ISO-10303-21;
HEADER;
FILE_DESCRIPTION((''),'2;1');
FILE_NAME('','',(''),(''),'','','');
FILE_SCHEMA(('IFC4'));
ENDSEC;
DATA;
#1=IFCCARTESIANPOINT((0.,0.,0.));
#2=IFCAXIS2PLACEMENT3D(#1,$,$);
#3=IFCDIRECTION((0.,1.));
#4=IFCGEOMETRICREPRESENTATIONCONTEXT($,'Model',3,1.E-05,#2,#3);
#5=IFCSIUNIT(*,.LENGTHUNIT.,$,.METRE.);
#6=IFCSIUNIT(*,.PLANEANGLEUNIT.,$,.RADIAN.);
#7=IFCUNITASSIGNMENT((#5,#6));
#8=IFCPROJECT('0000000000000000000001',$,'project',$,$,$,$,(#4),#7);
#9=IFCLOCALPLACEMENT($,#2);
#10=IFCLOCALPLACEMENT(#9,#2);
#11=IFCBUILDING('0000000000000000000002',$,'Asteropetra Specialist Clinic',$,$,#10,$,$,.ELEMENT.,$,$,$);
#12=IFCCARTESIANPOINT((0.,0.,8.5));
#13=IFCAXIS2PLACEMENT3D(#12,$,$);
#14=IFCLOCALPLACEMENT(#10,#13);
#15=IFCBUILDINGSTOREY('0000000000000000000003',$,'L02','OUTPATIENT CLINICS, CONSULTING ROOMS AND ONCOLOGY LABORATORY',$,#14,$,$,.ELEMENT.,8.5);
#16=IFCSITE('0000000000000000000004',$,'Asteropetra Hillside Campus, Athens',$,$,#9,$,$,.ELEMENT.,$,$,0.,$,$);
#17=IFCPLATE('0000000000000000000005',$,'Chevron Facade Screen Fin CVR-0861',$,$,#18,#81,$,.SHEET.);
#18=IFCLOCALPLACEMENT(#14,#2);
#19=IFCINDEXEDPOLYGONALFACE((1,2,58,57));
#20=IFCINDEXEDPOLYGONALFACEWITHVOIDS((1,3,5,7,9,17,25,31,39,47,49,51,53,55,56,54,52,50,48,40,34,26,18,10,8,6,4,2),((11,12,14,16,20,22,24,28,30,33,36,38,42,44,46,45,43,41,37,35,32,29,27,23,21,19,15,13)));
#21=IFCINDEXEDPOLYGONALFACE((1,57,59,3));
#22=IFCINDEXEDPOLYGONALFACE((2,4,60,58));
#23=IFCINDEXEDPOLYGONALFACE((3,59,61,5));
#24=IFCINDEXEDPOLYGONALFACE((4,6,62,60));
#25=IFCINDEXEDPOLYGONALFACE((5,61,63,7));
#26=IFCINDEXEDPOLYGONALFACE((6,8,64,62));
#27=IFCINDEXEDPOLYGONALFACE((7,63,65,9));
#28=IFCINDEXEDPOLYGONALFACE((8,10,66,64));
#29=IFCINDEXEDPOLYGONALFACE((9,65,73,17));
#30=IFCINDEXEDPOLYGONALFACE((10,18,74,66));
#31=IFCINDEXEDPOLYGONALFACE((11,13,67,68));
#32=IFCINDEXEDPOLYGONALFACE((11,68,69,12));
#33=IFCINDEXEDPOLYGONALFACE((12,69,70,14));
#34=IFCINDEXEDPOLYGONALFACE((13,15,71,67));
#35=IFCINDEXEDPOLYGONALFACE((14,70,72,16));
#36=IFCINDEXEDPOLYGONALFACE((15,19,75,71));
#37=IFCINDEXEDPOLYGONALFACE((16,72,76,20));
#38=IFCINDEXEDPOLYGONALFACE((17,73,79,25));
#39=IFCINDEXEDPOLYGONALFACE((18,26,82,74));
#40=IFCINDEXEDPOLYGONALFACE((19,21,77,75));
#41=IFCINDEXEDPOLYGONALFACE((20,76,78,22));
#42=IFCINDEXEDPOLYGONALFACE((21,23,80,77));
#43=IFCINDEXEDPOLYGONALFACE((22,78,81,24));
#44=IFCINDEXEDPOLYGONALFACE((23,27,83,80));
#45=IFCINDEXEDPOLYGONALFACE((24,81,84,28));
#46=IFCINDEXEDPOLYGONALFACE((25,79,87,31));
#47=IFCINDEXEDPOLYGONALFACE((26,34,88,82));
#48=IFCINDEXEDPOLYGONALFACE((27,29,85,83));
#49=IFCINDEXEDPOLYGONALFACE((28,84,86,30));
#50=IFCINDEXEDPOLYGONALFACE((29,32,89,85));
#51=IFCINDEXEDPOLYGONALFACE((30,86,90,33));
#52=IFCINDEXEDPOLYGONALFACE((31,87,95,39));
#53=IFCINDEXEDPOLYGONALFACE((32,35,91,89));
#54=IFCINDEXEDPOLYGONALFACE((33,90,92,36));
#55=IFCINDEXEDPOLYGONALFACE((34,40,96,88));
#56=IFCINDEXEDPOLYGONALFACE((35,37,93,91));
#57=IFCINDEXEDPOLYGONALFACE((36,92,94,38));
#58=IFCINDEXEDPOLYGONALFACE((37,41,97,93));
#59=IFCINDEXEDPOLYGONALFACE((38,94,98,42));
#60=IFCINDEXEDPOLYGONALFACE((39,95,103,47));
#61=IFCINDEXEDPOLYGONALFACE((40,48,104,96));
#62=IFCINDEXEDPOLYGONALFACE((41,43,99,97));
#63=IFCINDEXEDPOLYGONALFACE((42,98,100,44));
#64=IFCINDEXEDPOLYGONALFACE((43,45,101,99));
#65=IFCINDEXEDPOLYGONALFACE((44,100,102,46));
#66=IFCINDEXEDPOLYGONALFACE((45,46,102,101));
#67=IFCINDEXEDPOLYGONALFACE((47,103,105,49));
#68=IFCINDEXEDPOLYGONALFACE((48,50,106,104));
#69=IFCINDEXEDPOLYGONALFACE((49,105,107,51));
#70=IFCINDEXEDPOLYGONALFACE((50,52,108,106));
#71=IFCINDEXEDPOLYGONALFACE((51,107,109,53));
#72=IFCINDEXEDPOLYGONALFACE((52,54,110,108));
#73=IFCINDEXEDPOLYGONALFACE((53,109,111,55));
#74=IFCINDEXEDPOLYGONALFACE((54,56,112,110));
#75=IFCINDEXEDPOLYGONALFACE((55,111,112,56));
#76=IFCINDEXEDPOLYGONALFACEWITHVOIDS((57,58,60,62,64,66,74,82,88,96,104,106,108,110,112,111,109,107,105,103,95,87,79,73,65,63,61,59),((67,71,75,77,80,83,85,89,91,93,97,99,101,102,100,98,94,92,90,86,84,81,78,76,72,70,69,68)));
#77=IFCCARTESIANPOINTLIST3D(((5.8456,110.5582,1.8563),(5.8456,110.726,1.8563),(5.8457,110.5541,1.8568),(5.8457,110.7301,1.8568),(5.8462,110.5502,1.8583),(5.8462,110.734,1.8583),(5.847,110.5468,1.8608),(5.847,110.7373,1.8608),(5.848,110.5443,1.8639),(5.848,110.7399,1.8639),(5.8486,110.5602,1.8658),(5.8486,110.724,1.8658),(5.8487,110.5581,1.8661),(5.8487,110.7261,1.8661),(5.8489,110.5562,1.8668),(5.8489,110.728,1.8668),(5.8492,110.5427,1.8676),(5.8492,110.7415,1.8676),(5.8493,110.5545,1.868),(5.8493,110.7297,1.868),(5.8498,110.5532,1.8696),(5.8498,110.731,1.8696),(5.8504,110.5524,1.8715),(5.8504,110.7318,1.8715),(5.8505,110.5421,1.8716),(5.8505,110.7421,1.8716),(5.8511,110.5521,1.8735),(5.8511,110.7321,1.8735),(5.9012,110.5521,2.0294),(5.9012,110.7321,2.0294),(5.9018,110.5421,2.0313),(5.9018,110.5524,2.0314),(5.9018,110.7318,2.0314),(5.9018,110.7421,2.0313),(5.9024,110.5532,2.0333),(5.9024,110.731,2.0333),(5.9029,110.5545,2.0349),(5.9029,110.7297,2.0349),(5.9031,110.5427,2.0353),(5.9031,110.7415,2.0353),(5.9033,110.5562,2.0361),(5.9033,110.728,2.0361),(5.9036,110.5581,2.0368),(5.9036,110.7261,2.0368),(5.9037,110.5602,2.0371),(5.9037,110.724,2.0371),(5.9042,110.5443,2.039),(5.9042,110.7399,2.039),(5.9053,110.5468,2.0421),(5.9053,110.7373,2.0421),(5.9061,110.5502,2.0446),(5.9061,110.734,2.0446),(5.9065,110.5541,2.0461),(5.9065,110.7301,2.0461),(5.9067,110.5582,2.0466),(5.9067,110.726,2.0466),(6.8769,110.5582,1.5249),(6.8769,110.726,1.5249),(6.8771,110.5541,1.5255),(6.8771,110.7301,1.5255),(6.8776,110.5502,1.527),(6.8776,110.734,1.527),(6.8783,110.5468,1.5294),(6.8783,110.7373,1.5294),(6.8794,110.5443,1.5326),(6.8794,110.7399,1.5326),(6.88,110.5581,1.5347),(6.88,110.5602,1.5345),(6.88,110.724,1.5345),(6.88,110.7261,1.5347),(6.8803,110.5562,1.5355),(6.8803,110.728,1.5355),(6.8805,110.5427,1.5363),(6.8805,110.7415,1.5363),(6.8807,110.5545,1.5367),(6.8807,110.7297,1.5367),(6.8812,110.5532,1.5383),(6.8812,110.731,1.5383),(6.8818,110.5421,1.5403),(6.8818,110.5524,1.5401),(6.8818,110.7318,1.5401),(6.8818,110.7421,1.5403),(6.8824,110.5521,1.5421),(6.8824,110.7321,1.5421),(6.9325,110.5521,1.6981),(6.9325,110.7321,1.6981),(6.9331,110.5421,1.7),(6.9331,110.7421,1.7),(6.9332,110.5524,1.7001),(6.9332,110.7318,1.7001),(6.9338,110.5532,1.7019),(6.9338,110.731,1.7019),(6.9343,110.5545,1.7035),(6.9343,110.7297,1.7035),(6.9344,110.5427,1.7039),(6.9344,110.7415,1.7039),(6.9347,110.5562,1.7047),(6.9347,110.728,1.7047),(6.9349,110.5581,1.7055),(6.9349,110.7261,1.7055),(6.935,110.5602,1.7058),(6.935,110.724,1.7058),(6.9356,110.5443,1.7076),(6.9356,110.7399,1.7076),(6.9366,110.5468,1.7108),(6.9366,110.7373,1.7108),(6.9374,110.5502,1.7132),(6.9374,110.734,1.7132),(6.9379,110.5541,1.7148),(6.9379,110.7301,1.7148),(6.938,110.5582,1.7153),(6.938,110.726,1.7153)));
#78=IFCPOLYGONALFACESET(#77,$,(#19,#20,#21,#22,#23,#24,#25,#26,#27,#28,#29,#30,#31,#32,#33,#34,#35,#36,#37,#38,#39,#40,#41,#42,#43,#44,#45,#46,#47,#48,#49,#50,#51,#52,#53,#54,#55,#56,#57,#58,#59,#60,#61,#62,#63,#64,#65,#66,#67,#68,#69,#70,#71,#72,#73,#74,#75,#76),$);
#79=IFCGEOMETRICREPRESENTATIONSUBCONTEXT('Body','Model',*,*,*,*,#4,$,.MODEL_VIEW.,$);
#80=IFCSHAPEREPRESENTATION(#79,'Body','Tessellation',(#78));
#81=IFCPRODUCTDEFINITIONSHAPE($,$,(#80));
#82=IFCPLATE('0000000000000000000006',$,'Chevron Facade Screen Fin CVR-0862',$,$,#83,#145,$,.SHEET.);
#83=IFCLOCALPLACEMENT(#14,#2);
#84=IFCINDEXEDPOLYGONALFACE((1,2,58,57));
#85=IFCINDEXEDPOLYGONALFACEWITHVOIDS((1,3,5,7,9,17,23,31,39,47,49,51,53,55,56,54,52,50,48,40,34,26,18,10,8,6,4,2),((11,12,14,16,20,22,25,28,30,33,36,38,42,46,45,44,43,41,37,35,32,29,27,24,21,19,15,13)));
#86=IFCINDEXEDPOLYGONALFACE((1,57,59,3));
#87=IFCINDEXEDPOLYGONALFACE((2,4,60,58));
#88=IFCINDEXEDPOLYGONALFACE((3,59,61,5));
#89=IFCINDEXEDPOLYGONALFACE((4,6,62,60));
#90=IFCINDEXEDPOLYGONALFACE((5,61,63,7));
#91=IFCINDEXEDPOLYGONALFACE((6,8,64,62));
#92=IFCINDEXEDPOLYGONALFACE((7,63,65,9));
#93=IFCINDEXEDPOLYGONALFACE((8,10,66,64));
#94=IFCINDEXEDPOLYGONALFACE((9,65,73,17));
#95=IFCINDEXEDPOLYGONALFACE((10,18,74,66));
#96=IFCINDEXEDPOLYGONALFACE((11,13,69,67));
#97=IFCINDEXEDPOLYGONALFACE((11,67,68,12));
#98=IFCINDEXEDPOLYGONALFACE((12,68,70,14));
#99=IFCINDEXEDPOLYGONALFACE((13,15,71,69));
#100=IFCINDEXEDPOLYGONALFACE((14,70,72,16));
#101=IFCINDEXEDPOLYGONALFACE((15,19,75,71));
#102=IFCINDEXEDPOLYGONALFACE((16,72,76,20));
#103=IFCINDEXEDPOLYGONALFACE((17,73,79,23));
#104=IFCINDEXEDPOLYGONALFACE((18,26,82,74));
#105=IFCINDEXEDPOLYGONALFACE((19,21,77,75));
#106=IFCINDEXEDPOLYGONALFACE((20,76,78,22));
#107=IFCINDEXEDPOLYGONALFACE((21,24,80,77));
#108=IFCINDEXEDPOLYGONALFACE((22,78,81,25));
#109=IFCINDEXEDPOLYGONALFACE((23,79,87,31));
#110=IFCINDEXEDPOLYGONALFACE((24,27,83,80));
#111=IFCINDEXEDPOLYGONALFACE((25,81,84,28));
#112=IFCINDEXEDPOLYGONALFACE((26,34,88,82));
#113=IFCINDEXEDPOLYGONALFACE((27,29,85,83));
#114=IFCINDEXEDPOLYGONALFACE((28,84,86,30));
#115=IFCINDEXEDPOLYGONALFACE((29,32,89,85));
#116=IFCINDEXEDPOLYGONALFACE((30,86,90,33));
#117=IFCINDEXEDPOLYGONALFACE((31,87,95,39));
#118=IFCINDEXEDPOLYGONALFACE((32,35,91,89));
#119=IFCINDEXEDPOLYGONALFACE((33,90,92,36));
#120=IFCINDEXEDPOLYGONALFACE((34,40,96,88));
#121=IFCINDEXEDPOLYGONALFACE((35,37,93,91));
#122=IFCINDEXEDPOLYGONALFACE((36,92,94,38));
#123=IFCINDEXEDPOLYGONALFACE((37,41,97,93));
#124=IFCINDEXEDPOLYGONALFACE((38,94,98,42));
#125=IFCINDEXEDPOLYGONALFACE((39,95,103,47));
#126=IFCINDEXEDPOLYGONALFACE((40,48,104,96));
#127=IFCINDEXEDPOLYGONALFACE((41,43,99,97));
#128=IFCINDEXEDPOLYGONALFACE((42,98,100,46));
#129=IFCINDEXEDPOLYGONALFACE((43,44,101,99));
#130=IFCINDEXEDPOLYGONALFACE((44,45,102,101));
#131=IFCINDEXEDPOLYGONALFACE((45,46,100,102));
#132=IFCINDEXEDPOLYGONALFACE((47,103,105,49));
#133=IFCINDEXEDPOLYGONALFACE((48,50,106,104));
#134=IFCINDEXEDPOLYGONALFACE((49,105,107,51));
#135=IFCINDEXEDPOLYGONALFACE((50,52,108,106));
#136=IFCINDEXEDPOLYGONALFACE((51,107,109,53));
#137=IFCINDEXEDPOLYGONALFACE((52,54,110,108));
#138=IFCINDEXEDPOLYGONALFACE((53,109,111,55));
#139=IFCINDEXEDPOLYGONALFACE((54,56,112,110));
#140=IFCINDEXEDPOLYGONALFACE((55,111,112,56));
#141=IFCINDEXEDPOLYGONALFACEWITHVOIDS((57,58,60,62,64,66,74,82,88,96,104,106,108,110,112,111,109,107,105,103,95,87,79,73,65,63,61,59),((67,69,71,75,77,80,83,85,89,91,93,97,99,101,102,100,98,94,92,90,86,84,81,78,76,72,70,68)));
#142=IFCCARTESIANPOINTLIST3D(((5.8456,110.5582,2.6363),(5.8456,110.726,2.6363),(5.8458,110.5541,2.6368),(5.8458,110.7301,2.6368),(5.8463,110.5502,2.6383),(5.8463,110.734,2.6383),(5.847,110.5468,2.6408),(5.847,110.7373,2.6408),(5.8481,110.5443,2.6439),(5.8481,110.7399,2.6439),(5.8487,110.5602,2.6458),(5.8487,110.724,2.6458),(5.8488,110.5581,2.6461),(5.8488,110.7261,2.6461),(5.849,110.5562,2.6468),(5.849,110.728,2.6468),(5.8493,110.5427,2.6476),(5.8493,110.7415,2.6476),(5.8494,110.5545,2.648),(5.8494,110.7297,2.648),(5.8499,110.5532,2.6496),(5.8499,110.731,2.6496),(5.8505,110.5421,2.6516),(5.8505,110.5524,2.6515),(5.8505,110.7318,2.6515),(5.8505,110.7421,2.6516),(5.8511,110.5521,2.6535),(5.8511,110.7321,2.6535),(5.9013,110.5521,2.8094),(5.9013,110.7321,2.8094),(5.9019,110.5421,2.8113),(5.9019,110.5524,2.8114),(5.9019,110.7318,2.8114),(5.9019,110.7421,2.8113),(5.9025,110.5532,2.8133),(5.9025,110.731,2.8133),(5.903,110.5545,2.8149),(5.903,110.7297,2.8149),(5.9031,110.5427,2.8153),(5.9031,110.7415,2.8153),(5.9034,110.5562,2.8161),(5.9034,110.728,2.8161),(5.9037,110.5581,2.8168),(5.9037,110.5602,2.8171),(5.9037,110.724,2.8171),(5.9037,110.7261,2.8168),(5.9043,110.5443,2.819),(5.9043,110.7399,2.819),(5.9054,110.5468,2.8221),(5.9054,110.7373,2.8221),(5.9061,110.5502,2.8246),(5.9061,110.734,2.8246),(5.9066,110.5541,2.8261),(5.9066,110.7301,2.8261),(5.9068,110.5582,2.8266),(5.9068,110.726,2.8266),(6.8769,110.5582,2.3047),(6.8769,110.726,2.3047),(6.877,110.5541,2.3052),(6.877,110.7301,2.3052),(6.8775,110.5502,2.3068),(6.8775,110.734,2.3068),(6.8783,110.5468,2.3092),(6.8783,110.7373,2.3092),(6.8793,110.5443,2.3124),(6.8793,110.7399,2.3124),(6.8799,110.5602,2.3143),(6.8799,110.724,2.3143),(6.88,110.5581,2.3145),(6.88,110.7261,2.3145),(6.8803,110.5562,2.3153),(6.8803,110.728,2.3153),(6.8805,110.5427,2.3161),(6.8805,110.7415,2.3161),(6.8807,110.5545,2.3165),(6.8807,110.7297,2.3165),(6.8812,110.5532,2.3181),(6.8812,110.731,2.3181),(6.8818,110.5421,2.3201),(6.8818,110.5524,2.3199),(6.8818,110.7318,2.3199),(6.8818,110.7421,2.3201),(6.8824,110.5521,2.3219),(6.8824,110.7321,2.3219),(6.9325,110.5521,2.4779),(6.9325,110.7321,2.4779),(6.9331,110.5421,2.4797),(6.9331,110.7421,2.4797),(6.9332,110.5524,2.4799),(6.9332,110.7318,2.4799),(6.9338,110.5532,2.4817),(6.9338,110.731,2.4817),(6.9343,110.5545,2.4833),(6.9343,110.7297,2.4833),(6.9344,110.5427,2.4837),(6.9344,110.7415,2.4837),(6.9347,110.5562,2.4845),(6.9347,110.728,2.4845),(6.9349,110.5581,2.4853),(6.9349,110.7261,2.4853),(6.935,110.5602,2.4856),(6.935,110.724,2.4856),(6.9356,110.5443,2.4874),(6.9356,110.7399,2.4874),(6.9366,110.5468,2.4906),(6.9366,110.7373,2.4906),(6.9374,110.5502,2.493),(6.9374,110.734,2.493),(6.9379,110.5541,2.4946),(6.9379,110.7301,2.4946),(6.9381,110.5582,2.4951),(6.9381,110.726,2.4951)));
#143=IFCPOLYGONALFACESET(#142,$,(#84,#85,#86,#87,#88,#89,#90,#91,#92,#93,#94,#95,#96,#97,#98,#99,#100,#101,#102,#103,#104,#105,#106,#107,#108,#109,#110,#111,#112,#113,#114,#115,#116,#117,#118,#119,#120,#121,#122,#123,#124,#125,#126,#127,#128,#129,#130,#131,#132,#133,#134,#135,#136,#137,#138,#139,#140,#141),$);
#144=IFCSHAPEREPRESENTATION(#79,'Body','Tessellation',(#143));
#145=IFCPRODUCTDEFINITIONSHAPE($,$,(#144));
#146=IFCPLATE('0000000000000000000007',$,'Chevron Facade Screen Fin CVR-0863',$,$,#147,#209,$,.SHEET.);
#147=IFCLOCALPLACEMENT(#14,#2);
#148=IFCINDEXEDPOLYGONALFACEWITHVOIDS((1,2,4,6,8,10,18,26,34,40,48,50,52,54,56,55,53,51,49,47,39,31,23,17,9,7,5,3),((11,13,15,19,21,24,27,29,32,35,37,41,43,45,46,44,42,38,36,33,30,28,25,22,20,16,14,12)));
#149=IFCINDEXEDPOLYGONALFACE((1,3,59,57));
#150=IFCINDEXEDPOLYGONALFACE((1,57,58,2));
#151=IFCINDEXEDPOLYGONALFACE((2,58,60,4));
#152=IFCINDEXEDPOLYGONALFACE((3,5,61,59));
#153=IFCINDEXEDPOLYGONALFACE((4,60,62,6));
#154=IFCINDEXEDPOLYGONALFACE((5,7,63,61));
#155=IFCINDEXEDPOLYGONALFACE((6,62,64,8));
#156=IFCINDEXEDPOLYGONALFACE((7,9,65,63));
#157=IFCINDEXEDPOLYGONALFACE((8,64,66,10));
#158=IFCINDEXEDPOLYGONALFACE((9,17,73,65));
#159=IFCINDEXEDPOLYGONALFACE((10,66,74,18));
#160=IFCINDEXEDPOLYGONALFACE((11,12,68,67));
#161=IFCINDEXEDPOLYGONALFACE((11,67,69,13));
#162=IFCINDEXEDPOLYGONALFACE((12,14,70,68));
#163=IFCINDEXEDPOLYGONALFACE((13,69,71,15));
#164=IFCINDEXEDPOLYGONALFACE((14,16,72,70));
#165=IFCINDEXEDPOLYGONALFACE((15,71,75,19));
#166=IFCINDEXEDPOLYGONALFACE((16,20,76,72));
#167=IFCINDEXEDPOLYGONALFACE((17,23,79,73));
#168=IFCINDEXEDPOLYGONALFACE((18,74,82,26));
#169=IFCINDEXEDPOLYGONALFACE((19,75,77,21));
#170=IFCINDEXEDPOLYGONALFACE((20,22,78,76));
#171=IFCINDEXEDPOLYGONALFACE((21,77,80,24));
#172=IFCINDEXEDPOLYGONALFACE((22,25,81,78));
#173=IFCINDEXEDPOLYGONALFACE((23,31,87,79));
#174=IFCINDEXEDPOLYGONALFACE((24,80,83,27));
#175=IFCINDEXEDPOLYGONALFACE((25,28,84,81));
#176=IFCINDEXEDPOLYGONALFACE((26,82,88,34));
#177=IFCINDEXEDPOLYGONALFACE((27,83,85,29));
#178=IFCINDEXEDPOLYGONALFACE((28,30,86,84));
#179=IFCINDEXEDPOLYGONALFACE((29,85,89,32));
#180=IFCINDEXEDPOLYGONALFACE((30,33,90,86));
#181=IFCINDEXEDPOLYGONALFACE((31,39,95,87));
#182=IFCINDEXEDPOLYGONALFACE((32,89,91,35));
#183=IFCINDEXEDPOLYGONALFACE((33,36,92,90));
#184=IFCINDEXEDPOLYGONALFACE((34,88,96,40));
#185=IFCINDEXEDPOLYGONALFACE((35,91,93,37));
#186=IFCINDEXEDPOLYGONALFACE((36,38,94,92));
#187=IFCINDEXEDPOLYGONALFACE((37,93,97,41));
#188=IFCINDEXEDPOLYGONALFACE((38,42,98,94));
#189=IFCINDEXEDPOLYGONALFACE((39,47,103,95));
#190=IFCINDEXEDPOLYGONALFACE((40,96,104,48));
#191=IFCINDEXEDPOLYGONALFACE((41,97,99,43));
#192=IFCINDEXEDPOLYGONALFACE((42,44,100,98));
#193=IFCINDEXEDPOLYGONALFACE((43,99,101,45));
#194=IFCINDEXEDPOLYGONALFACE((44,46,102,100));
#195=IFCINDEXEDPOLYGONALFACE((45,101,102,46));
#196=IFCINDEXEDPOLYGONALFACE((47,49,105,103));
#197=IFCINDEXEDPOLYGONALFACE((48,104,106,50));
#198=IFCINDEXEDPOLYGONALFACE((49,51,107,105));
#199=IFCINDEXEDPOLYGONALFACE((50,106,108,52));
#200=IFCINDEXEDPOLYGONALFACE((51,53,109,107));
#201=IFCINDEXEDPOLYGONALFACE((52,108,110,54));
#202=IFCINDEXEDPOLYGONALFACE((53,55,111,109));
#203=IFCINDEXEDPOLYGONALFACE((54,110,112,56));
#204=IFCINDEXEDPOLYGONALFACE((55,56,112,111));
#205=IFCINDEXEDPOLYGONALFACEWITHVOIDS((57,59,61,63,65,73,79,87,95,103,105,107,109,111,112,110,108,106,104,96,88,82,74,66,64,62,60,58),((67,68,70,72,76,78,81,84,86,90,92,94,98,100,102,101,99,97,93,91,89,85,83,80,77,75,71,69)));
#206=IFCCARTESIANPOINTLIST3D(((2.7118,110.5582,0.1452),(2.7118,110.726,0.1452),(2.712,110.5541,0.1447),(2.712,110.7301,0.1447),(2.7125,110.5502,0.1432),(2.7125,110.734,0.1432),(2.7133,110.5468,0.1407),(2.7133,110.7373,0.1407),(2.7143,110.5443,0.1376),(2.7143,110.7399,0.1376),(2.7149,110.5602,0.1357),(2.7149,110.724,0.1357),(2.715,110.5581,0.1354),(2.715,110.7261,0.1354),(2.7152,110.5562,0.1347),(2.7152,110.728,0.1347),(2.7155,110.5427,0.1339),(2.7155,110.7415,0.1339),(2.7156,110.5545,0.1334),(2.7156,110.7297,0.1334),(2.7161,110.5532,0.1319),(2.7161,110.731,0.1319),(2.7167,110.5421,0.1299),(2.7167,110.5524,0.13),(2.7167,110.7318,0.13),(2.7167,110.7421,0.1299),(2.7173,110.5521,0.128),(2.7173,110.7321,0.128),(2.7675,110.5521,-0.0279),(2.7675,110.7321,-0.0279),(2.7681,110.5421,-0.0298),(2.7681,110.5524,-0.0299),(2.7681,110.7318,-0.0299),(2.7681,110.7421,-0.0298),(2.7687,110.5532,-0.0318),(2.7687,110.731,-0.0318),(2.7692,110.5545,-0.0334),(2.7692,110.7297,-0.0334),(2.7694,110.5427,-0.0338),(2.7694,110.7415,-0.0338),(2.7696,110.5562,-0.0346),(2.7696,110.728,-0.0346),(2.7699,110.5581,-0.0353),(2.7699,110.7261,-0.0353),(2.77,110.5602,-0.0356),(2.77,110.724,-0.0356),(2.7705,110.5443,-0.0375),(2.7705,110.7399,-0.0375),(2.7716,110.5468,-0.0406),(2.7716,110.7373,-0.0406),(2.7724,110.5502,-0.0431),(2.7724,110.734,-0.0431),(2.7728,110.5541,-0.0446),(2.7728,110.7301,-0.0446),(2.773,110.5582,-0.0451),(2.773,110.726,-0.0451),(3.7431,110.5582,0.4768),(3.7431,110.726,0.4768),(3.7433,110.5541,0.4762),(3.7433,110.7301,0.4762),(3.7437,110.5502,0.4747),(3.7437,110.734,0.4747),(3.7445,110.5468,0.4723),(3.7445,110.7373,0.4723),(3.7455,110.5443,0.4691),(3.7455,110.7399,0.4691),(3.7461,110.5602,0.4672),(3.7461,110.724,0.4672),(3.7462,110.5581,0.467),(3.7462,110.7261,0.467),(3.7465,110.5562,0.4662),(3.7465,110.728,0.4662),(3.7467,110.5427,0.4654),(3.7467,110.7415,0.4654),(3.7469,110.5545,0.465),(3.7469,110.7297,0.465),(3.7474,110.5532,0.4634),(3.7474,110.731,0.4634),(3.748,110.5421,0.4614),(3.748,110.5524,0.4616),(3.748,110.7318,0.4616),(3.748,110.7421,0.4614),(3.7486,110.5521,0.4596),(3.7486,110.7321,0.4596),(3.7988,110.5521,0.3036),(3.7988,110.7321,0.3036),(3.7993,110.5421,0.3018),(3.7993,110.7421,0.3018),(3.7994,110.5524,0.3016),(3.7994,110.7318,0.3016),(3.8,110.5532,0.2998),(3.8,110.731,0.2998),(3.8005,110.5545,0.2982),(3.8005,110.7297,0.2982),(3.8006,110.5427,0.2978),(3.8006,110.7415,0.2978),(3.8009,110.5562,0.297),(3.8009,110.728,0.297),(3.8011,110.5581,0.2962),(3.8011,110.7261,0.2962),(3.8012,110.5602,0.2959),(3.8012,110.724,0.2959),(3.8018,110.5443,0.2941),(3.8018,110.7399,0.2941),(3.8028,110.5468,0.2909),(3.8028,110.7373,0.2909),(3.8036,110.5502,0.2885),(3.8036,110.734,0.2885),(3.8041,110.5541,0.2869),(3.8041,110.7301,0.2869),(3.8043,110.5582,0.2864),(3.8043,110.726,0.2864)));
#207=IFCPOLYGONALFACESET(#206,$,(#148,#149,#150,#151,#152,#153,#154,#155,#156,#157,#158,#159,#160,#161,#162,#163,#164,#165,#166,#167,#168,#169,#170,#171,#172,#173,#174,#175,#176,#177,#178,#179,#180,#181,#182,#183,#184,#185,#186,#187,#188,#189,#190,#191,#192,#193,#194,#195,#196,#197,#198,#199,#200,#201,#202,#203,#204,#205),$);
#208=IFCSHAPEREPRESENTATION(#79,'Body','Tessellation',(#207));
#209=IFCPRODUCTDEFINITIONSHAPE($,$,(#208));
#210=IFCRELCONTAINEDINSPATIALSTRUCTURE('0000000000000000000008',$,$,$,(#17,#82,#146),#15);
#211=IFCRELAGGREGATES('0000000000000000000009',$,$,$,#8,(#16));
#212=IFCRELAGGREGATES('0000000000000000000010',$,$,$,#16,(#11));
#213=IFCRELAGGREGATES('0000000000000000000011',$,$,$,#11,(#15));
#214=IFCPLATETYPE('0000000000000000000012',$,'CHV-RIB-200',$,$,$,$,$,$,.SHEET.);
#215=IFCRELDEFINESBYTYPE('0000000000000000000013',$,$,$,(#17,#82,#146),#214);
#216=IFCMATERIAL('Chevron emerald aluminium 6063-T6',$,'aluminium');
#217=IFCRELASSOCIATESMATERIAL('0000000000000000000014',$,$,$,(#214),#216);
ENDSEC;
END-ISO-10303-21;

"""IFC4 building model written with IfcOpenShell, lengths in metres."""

from ifc_helpers import new_model, si_unit, direction, frame, origin, origin_2d, place, context, subcontext, project, spatial, hollow_rectangle, extrude, material, material_profile, profile_set, type_object, element, save


model = new_model("IFC4")

# Units and contexts
model_context = context("Model", 3, precision=1e-05, world=origin(), true_north=direction((0.0, 1.0)))
body_context = subcontext(model_context, "Body", "Model", "MODEL_VIEW")
ifc_project = project(units=[si_unit("LENGTHUNIT", "METRE"), si_unit("PLANEANGLEUNIT", "RADIAN")], contexts=[model_context])

# Site, building, storey
site_placement = place(None, origin())
site = spatial("IfcSite", under=ifc_project, at=site_placement, Name="Asteropetra Hillside Campus, Athens", CompositionType="ELEMENT", RefElevation=0.0)
building_placement = place(site_placement, origin())
building = spatial("IfcBuilding", under=site, at=building_placement, Name="Asteropetra Specialist Clinic", CompositionType="ELEMENT")
storey_placement = place(building_placement, frame((0.0, 0.0, 8.5)))
storey = spatial("IfcBuildingStorey", under=building, at=storey_placement, Name="L02", Description="OUTPATIENT CLINICS, CONSULTING ROOMS AND ONCOLOGY LABORATORY", CompositionType="ELEMENT", Elevation=8.5)

# Plates
ifc_material_1 = material(Name="Chevron emerald aluminium 6063-T6", Category="aluminium")
ifc_material_profile_1 = material_profile(ifc_material_1, hollow_rectangle(XDim=0.2, YDim=0.2, WallThickness=0.01, InnerFilletRadius=0.0081, OuterFilletRadius=0.0161, at=origin_2d()), Name="SHS 200x200x10.0")
ifc_profile_set_1 = profile_set([ifc_material_profile_1], Name="Chevron emerald aluminium 6063-T6")
plate_type_1 = type_object("IfcPlateType", Name="CHV-RIB-200", PredefinedType="SHEET", material=ifc_profile_set_1)
for number, where, z_axis, x_axis, name in (
    (1, (6.9075, 110.6421, 1.6201), (-0.952075, 0.0, 0.305863), (0.0, -1.0, 0.0), "Chevron Facade Screen Fin CVR-0861"),
    (2, (6.9075, 110.6421, 2.3999), (-0.95201, 0.0, 0.306068), (0.0, -1.0, 0.0), "Chevron Facade Screen Fin CVR-0862"),
    (3, (3.7737, 110.6421, 0.3816), (-0.95201, 0.0, -0.306068), (0.0, -1.0, 0.0), "Chevron Facade Screen Fin CVR-0863"),
):
    element("IfcPlate", number, at=place(storey_placement, frame(where, z_axis=z_axis, x_axis=x_axis)), inside=storey, type_object=plate_type_1, Name=name, PredefinedType="SHEET", context=body_context, shape_type="SweptSolid", body=[
        extrude(hollow_rectangle(XDim=0.2, YDim=0.2, WallThickness=0.01, InnerFilletRadius=0.0081, OuterFilletRadius=0.0161, at=origin_2d()), origin(), (0.0, 0.0, 1.0), 1.0833),
    ])

save(model, "model.ifc")
